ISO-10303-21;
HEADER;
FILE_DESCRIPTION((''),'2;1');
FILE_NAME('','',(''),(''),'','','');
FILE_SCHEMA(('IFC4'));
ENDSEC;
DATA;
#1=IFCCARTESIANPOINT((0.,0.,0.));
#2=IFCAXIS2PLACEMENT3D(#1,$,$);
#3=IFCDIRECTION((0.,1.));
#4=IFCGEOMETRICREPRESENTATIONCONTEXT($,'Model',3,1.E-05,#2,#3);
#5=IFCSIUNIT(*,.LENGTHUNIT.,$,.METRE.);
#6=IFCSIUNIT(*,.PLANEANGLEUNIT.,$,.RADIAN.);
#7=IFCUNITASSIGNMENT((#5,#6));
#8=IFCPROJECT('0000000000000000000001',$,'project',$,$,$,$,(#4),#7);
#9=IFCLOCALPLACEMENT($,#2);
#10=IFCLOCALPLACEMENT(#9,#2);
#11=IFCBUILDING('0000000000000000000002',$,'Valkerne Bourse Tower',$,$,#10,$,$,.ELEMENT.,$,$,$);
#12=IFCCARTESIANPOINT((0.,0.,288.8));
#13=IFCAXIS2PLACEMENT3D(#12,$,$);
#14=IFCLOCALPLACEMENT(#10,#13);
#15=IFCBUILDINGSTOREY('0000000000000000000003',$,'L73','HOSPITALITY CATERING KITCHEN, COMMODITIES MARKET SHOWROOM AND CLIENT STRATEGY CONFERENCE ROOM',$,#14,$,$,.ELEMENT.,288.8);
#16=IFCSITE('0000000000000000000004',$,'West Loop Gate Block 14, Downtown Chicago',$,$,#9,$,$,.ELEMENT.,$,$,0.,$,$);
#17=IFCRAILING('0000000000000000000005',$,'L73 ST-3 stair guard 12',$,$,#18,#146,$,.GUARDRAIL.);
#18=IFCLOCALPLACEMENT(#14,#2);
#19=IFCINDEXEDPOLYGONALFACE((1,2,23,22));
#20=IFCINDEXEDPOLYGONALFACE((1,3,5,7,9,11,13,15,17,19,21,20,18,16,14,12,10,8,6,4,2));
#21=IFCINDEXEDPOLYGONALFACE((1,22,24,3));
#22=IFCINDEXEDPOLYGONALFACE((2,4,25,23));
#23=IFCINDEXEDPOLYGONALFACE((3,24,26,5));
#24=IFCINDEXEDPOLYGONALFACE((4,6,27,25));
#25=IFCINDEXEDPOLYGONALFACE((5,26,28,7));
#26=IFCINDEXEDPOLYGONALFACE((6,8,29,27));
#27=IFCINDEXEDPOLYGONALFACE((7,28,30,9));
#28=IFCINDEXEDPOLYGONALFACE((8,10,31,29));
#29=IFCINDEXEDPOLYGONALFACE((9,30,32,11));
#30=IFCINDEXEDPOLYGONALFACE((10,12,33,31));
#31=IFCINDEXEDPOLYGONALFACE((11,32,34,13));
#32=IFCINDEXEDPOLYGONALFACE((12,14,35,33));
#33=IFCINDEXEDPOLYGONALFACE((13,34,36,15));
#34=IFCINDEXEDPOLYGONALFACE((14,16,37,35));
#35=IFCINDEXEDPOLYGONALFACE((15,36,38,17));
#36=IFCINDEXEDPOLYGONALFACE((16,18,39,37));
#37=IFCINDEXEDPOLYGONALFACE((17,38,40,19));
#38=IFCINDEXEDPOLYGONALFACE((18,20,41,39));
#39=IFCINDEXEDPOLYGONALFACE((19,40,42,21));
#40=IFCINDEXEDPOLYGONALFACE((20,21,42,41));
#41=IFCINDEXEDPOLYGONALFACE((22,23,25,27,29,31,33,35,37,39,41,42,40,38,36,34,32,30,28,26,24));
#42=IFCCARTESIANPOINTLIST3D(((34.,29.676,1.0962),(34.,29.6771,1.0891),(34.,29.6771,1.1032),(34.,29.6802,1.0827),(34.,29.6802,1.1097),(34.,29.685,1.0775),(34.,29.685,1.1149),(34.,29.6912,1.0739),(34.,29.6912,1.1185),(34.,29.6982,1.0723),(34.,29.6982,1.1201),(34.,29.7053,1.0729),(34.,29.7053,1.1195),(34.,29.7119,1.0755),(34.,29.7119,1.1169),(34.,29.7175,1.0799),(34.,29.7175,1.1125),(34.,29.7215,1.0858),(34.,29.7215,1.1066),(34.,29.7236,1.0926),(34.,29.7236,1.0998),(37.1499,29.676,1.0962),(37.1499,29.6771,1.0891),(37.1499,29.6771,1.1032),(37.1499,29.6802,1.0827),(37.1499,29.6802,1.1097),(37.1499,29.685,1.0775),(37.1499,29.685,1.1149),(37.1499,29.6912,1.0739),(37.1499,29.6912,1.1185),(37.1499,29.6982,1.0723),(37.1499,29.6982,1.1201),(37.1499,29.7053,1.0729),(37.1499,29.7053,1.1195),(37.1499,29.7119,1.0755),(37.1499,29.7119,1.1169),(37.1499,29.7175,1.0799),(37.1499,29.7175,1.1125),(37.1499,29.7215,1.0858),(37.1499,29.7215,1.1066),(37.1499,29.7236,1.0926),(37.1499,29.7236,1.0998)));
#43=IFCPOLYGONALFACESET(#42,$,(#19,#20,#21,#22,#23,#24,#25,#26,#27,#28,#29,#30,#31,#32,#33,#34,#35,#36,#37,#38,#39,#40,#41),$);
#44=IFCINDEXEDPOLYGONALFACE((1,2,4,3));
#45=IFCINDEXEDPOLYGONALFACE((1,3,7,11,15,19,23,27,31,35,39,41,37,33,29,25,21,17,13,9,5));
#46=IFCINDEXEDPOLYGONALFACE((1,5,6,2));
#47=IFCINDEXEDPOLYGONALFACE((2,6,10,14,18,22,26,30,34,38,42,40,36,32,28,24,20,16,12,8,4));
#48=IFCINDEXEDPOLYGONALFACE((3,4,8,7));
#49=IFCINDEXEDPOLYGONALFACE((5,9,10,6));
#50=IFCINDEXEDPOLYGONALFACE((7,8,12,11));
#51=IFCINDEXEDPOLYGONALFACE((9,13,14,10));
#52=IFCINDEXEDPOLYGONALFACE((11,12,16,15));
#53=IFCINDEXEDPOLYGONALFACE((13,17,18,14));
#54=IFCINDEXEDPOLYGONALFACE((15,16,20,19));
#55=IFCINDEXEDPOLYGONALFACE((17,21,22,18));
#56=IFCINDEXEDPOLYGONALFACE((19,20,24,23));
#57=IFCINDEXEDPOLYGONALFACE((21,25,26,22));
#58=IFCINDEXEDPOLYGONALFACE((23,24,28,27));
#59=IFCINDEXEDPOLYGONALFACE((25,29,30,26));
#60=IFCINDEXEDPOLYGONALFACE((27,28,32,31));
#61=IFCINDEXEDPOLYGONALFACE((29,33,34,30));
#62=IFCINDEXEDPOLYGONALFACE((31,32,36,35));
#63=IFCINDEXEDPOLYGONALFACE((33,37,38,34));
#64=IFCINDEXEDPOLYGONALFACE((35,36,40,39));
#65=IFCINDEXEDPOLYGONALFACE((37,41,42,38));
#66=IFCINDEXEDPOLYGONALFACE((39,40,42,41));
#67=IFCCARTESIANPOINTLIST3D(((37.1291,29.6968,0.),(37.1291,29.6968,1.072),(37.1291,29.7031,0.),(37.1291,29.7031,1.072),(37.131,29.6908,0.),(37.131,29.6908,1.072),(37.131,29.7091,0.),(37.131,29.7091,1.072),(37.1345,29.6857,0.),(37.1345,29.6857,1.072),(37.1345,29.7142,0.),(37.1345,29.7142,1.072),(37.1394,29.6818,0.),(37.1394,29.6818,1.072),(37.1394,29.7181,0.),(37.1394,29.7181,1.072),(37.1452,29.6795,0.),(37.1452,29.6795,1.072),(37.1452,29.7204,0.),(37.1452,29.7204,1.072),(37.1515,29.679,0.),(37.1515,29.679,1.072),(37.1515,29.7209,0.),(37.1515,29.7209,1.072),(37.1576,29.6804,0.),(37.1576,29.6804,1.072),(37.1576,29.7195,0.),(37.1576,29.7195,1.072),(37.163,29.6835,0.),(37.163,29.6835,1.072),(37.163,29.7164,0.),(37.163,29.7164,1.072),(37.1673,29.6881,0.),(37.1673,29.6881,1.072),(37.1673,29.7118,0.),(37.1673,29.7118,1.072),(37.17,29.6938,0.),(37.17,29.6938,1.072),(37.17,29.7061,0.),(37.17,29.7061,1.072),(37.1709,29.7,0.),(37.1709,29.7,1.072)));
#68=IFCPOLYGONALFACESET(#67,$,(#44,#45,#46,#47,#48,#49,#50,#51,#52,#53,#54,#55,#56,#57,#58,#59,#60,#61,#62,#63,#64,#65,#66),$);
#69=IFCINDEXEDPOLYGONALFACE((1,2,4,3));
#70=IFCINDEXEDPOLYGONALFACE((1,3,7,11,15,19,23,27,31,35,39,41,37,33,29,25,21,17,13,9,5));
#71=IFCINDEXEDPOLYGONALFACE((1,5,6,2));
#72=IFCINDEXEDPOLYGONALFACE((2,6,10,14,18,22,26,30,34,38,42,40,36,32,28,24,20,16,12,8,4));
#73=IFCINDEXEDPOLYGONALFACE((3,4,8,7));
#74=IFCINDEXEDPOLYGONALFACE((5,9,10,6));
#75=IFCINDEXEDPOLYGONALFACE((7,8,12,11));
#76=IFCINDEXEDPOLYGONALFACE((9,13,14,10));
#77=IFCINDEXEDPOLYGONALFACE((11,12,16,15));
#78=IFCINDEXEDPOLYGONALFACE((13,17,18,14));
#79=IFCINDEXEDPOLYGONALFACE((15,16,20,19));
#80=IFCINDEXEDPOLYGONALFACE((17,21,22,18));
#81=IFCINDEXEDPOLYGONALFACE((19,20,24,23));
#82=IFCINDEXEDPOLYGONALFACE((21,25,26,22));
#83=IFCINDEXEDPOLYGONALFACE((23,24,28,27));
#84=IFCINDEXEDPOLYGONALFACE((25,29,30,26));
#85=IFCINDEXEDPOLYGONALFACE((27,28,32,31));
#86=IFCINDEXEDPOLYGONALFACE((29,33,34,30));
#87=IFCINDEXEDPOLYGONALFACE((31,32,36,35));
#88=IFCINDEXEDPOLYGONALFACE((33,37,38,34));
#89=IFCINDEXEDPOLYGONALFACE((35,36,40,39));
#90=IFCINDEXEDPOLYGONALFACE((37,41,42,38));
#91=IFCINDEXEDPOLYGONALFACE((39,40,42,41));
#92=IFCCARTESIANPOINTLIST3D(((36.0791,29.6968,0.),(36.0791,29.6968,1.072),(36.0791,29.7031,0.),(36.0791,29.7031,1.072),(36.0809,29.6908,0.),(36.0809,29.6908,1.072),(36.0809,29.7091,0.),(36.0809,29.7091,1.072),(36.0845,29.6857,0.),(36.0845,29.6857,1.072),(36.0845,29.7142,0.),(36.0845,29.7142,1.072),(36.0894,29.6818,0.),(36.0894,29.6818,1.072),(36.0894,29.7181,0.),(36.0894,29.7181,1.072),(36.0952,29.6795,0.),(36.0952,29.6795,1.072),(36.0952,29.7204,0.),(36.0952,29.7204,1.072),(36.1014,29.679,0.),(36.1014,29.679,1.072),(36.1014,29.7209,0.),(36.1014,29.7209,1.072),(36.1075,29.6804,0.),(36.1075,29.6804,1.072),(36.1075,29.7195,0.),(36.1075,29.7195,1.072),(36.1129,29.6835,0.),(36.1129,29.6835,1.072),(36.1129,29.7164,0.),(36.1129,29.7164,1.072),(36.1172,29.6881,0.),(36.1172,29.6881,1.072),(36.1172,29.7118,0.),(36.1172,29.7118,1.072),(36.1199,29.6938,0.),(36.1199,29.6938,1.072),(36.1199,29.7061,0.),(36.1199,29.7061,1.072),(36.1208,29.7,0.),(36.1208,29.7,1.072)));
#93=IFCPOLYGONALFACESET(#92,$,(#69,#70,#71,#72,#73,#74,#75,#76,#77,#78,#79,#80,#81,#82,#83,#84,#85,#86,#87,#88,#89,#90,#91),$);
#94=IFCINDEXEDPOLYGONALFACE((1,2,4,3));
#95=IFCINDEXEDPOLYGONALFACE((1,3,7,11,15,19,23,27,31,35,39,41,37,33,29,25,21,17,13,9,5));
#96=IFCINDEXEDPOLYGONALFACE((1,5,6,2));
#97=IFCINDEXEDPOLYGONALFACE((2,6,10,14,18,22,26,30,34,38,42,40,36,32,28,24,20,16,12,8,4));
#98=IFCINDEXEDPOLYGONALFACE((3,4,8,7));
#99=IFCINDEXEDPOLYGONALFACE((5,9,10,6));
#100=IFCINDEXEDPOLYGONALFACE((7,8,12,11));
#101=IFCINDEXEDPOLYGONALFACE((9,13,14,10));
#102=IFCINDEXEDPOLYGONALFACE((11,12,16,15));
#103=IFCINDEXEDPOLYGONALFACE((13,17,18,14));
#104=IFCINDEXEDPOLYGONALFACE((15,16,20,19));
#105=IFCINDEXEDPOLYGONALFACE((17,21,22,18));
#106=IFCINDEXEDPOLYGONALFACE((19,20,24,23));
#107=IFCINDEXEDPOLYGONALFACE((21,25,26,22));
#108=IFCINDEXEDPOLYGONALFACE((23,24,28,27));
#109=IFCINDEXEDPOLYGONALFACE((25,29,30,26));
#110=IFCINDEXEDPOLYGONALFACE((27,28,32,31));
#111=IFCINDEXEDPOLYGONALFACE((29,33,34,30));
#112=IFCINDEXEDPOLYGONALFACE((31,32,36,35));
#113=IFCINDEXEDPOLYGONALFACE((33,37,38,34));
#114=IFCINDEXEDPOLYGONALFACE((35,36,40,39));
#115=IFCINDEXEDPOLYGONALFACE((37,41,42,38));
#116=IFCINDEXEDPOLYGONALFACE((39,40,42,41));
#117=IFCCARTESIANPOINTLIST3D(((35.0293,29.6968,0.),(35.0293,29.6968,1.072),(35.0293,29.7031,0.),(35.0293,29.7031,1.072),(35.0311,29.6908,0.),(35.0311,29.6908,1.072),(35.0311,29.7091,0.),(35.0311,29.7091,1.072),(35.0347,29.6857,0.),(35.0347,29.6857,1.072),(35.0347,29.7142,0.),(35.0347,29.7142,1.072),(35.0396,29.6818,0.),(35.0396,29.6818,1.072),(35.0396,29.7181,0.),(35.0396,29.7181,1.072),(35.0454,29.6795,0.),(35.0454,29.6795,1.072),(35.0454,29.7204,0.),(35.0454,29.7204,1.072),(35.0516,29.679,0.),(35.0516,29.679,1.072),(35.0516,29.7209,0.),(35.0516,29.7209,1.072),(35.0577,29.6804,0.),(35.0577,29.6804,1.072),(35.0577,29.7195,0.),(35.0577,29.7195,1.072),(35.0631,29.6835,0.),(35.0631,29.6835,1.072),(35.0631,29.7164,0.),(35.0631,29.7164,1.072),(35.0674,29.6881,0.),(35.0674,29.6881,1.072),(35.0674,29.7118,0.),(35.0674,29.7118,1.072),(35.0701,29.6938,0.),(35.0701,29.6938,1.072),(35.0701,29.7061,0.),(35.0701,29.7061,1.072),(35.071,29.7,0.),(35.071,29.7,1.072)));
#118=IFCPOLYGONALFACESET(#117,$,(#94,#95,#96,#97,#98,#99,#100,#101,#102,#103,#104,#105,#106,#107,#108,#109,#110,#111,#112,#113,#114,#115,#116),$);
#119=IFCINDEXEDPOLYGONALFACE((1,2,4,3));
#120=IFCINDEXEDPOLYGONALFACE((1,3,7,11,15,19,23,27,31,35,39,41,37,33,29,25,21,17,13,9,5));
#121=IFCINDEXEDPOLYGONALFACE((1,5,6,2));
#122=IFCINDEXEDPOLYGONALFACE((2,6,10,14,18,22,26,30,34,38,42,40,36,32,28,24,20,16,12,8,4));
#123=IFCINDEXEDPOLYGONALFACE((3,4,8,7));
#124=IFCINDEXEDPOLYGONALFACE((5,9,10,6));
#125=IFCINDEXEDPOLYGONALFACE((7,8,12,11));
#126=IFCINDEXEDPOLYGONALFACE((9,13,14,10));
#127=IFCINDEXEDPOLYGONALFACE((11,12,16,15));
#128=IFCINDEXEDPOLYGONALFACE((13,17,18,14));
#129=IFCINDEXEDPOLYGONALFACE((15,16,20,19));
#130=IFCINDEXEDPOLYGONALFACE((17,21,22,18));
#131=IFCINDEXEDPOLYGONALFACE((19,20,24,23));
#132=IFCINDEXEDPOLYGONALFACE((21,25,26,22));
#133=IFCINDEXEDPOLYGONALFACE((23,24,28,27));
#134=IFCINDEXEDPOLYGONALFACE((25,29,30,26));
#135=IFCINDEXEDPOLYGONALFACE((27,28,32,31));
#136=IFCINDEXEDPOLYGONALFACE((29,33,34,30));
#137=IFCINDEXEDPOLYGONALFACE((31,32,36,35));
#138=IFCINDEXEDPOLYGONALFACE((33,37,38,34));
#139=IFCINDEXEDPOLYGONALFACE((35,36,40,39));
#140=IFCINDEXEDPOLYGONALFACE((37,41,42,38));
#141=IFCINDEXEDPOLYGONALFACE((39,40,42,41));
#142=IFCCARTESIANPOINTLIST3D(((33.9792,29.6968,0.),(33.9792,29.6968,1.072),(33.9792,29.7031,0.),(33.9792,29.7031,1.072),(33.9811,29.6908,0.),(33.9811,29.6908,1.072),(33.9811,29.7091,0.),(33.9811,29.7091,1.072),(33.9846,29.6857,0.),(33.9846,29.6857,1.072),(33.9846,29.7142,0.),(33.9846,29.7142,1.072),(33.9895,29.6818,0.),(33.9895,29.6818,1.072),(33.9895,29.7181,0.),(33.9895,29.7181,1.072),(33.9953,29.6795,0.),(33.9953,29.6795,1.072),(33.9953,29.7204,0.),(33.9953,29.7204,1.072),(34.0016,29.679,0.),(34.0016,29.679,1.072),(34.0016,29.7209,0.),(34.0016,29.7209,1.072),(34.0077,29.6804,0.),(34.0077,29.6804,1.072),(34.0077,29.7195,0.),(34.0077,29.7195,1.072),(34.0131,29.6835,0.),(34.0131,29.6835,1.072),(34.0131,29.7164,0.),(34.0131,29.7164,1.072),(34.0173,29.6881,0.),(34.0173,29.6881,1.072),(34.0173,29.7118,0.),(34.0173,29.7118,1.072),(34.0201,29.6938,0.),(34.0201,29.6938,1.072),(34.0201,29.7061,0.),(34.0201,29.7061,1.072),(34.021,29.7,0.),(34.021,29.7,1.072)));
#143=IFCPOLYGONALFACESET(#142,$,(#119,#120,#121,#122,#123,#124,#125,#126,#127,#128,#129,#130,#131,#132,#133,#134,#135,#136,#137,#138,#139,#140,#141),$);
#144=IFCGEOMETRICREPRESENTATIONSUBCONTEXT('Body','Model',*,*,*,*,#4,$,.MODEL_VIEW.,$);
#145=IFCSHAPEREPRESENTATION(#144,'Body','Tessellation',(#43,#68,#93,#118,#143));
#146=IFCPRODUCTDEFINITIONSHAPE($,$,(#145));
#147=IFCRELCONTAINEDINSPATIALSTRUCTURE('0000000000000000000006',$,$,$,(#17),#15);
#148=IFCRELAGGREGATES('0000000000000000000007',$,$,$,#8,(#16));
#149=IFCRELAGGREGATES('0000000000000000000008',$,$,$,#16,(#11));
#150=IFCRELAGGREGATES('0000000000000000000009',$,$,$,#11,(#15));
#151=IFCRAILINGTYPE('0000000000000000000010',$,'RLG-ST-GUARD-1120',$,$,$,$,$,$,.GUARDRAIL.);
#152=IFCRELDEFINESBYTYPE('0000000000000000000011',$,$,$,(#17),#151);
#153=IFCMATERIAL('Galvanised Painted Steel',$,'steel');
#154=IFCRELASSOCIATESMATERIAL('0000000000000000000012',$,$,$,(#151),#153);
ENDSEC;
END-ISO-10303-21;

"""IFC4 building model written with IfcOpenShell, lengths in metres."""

from ifc_helpers import new_model, si_unit, direction, frame, origin, origin_2d, place, context, subcontext, project, spatial, circle, extrude, material, type_object, element, save


model = new_model("IFC4")

# Units and contexts
model_context = context("Model", 3, precision=1e-05, world=origin(), true_north=direction((0.0, 1.0)))
body_context = subcontext(model_context, "Body", "Model", "MODEL_VIEW")
ifc_project = project(units=[si_unit("LENGTHUNIT", "METRE"), si_unit("PLANEANGLEUNIT", "RADIAN")], contexts=[model_context])

# Site, building, storey
site_placement = place(None, origin())
site = spatial("IfcSite", under=ifc_project, at=site_placement, Name="West Loop Gate Block 14, Downtown Chicago", CompositionType="ELEMENT", RefElevation=0.0)
building_placement = place(site_placement, origin())
building = spatial("IfcBuilding", under=site, at=building_placement, Name="Valkerne Bourse Tower", CompositionType="ELEMENT")
storey_placement = place(building_placement, frame((0.0, 0.0, 288.8)))
storey = spatial("IfcBuildingStorey", under=building, at=storey_placement, Name="L73", Description="HOSPITALITY CATERING KITCHEN, COMMODITIES MARKET SHOWROOM AND CLIENT STRATEGY CONFERENCE ROOM", CompositionType="ELEMENT", Elevation=288.8)

# Railing
ifc_material_1 = material(Name="Galvanised Painted Steel", Category="steel")
railing_type_1 = type_object("IfcRailingType", Name="RLG-ST-GUARD-1120", PredefinedType="GUARDRAIL", material=ifc_material_1)
railing_1_placement = place(storey_placement, frame((37.1499, 29.7, 0.0)))
element("IfcRailing", 1, at=railing_1_placement, inside=storey, type_object=railing_type_1, Name="L73 ST-3 stair guard 12", PredefinedType="GUARDRAIL", context=body_context, shape_type="SweptSolid", body=[
    extrude(circle(Radius=0.0239, at=origin_2d()), frame((0.0, 0.0, 1.0962), z_axis=(-1.0, 0.0, 0.0), x_axis=(0.0, -1.0, 0.0)), (0.0, 0.0, 1.0), 3.1499),
    extrude(circle(Radius=0.021, at=origin_2d()), origin(), (0.0, 0.0, 1.0), 1.072),
    extrude(circle(Radius=0.021, at=origin_2d()), frame((-1.05, 0.0, 0.0)), (0.0, 0.0, 1.0), 1.072),
    extrude(circle(Radius=0.021, at=origin_2d()), frame((-2.0999, 0.0, 0.0)), (0.0, 0.0, 1.0), 1.072),
    extrude(circle(Radius=0.021, at=origin_2d()), frame((-3.1499, 0.0, 0.0)), (0.0, 0.0, 1.0), 1.072),
])

save(model, "model.ifc")
